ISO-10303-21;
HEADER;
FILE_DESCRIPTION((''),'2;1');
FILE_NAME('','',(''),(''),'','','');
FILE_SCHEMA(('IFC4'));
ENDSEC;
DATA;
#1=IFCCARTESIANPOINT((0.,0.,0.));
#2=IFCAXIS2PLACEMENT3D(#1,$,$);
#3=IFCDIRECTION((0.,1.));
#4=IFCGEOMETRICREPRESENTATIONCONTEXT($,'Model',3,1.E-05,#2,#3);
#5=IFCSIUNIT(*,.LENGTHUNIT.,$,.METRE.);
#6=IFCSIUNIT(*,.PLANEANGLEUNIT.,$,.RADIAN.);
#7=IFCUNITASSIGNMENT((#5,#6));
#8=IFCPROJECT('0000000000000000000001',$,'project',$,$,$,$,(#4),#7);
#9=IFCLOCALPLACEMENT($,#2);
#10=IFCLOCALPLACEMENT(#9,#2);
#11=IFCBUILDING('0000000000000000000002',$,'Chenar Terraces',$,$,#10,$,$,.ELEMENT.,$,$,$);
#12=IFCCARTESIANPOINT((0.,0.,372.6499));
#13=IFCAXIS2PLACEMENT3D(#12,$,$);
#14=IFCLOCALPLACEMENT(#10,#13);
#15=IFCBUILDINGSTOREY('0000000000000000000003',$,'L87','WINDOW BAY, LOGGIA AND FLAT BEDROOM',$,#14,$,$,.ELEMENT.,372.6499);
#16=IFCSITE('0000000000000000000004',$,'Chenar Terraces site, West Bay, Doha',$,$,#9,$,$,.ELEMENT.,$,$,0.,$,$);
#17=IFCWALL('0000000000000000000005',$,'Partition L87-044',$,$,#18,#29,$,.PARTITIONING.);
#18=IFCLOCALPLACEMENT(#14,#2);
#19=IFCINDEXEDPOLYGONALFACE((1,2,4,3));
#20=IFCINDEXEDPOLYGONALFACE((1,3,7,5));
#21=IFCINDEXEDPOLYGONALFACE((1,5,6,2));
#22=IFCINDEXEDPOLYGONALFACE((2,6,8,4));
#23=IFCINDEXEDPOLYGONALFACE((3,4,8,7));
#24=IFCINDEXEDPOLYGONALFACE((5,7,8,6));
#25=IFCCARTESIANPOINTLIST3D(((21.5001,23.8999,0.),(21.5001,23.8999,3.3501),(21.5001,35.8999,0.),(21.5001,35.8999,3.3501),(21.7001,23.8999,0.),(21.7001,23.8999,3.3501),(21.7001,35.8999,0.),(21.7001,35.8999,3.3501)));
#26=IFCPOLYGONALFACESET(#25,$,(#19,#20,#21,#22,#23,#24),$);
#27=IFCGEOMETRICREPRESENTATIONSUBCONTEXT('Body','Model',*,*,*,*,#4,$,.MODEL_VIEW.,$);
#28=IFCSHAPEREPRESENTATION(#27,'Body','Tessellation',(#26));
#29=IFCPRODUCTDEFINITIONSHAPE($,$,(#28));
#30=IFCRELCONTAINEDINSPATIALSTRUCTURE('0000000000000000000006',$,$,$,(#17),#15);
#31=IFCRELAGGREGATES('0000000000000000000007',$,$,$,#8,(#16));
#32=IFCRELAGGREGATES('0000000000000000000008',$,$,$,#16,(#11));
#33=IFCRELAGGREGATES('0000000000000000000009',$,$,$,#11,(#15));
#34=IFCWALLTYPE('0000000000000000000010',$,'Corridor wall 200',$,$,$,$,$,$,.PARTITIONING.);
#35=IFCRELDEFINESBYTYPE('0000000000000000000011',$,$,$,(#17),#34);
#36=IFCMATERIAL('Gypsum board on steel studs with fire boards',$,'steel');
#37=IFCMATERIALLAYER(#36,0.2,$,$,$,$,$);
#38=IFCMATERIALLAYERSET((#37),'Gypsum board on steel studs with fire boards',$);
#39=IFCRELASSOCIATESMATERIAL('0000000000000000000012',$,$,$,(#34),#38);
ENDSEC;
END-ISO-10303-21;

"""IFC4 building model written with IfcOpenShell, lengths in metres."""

from ifc_helpers import new_model, si_unit, direction, frame, frame_2d, origin, place, context, subcontext, project, spatial, rectangle, extrude, material, layer, layer_set, type_object, element, save


model = new_model("IFC4")

# Units and contexts
model_context = context("Model", 3, precision=1e-05, world=origin(), true_north=direction((0.0, 1.0)))
body_context = subcontext(model_context, "Body", "Model", "MODEL_VIEW")
ifc_project = project(units=[si_unit("LENGTHUNIT", "METRE"), si_unit("PLANEANGLEUNIT", "RADIAN")], contexts=[model_context])

# Site, building, storey
site_placement = place(None, origin())
site = spatial("IfcSite", under=ifc_project, at=site_placement, Name="Chenar Terraces site, West Bay, Doha", CompositionType="ELEMENT", RefElevation=0.0)
building_placement = place(site_placement, origin())
building = spatial("IfcBuilding", under=site, at=building_placement, Name="Chenar Terraces", CompositionType="ELEMENT")
storey_placement = place(building_placement, frame((0.0, 0.0, 372.6499)))
storey = spatial("IfcBuildingStorey", under=building, at=storey_placement, Name="L87", Description="WINDOW BAY, LOGGIA AND FLAT BEDROOM", CompositionType="ELEMENT", Elevation=372.6499)

# Shared definitions
ifc_material_1 = material(Name="Gypsum board on steel studs with fire boards", Category="steel")
ifc_layer_1 = layer(ifc_material_1, 0.2)
ifc_layer_set_1 = layer_set([ifc_layer_1], Name="Gypsum board on steel studs with fire boards")
wall_type_1 = type_object("IfcWallType", Name="Corridor wall 200", PredefinedType="PARTITIONING", material=ifc_layer_set_1)

# Wall
wall_1_placement = place(storey_placement, frame((21.6001, 23.8999, 0.0), z_axis=(0.0, 0.0, 1.0), x_axis=(0.0, 1.0, 0.0)))
element("IfcWall", 1, at=wall_1_placement, inside=storey, type_object=wall_type_1, Name="Partition L87-044", PredefinedType="PARTITIONING", context=body_context, shape_type="SweptSolid", body=[
    extrude(rectangle(XDim=12.0, YDim=0.2, at=frame_2d((6.0, 0.0))), origin(), (0.0, 0.0, 1.0), 3.3501),
])

save(model, "model.ifc")
